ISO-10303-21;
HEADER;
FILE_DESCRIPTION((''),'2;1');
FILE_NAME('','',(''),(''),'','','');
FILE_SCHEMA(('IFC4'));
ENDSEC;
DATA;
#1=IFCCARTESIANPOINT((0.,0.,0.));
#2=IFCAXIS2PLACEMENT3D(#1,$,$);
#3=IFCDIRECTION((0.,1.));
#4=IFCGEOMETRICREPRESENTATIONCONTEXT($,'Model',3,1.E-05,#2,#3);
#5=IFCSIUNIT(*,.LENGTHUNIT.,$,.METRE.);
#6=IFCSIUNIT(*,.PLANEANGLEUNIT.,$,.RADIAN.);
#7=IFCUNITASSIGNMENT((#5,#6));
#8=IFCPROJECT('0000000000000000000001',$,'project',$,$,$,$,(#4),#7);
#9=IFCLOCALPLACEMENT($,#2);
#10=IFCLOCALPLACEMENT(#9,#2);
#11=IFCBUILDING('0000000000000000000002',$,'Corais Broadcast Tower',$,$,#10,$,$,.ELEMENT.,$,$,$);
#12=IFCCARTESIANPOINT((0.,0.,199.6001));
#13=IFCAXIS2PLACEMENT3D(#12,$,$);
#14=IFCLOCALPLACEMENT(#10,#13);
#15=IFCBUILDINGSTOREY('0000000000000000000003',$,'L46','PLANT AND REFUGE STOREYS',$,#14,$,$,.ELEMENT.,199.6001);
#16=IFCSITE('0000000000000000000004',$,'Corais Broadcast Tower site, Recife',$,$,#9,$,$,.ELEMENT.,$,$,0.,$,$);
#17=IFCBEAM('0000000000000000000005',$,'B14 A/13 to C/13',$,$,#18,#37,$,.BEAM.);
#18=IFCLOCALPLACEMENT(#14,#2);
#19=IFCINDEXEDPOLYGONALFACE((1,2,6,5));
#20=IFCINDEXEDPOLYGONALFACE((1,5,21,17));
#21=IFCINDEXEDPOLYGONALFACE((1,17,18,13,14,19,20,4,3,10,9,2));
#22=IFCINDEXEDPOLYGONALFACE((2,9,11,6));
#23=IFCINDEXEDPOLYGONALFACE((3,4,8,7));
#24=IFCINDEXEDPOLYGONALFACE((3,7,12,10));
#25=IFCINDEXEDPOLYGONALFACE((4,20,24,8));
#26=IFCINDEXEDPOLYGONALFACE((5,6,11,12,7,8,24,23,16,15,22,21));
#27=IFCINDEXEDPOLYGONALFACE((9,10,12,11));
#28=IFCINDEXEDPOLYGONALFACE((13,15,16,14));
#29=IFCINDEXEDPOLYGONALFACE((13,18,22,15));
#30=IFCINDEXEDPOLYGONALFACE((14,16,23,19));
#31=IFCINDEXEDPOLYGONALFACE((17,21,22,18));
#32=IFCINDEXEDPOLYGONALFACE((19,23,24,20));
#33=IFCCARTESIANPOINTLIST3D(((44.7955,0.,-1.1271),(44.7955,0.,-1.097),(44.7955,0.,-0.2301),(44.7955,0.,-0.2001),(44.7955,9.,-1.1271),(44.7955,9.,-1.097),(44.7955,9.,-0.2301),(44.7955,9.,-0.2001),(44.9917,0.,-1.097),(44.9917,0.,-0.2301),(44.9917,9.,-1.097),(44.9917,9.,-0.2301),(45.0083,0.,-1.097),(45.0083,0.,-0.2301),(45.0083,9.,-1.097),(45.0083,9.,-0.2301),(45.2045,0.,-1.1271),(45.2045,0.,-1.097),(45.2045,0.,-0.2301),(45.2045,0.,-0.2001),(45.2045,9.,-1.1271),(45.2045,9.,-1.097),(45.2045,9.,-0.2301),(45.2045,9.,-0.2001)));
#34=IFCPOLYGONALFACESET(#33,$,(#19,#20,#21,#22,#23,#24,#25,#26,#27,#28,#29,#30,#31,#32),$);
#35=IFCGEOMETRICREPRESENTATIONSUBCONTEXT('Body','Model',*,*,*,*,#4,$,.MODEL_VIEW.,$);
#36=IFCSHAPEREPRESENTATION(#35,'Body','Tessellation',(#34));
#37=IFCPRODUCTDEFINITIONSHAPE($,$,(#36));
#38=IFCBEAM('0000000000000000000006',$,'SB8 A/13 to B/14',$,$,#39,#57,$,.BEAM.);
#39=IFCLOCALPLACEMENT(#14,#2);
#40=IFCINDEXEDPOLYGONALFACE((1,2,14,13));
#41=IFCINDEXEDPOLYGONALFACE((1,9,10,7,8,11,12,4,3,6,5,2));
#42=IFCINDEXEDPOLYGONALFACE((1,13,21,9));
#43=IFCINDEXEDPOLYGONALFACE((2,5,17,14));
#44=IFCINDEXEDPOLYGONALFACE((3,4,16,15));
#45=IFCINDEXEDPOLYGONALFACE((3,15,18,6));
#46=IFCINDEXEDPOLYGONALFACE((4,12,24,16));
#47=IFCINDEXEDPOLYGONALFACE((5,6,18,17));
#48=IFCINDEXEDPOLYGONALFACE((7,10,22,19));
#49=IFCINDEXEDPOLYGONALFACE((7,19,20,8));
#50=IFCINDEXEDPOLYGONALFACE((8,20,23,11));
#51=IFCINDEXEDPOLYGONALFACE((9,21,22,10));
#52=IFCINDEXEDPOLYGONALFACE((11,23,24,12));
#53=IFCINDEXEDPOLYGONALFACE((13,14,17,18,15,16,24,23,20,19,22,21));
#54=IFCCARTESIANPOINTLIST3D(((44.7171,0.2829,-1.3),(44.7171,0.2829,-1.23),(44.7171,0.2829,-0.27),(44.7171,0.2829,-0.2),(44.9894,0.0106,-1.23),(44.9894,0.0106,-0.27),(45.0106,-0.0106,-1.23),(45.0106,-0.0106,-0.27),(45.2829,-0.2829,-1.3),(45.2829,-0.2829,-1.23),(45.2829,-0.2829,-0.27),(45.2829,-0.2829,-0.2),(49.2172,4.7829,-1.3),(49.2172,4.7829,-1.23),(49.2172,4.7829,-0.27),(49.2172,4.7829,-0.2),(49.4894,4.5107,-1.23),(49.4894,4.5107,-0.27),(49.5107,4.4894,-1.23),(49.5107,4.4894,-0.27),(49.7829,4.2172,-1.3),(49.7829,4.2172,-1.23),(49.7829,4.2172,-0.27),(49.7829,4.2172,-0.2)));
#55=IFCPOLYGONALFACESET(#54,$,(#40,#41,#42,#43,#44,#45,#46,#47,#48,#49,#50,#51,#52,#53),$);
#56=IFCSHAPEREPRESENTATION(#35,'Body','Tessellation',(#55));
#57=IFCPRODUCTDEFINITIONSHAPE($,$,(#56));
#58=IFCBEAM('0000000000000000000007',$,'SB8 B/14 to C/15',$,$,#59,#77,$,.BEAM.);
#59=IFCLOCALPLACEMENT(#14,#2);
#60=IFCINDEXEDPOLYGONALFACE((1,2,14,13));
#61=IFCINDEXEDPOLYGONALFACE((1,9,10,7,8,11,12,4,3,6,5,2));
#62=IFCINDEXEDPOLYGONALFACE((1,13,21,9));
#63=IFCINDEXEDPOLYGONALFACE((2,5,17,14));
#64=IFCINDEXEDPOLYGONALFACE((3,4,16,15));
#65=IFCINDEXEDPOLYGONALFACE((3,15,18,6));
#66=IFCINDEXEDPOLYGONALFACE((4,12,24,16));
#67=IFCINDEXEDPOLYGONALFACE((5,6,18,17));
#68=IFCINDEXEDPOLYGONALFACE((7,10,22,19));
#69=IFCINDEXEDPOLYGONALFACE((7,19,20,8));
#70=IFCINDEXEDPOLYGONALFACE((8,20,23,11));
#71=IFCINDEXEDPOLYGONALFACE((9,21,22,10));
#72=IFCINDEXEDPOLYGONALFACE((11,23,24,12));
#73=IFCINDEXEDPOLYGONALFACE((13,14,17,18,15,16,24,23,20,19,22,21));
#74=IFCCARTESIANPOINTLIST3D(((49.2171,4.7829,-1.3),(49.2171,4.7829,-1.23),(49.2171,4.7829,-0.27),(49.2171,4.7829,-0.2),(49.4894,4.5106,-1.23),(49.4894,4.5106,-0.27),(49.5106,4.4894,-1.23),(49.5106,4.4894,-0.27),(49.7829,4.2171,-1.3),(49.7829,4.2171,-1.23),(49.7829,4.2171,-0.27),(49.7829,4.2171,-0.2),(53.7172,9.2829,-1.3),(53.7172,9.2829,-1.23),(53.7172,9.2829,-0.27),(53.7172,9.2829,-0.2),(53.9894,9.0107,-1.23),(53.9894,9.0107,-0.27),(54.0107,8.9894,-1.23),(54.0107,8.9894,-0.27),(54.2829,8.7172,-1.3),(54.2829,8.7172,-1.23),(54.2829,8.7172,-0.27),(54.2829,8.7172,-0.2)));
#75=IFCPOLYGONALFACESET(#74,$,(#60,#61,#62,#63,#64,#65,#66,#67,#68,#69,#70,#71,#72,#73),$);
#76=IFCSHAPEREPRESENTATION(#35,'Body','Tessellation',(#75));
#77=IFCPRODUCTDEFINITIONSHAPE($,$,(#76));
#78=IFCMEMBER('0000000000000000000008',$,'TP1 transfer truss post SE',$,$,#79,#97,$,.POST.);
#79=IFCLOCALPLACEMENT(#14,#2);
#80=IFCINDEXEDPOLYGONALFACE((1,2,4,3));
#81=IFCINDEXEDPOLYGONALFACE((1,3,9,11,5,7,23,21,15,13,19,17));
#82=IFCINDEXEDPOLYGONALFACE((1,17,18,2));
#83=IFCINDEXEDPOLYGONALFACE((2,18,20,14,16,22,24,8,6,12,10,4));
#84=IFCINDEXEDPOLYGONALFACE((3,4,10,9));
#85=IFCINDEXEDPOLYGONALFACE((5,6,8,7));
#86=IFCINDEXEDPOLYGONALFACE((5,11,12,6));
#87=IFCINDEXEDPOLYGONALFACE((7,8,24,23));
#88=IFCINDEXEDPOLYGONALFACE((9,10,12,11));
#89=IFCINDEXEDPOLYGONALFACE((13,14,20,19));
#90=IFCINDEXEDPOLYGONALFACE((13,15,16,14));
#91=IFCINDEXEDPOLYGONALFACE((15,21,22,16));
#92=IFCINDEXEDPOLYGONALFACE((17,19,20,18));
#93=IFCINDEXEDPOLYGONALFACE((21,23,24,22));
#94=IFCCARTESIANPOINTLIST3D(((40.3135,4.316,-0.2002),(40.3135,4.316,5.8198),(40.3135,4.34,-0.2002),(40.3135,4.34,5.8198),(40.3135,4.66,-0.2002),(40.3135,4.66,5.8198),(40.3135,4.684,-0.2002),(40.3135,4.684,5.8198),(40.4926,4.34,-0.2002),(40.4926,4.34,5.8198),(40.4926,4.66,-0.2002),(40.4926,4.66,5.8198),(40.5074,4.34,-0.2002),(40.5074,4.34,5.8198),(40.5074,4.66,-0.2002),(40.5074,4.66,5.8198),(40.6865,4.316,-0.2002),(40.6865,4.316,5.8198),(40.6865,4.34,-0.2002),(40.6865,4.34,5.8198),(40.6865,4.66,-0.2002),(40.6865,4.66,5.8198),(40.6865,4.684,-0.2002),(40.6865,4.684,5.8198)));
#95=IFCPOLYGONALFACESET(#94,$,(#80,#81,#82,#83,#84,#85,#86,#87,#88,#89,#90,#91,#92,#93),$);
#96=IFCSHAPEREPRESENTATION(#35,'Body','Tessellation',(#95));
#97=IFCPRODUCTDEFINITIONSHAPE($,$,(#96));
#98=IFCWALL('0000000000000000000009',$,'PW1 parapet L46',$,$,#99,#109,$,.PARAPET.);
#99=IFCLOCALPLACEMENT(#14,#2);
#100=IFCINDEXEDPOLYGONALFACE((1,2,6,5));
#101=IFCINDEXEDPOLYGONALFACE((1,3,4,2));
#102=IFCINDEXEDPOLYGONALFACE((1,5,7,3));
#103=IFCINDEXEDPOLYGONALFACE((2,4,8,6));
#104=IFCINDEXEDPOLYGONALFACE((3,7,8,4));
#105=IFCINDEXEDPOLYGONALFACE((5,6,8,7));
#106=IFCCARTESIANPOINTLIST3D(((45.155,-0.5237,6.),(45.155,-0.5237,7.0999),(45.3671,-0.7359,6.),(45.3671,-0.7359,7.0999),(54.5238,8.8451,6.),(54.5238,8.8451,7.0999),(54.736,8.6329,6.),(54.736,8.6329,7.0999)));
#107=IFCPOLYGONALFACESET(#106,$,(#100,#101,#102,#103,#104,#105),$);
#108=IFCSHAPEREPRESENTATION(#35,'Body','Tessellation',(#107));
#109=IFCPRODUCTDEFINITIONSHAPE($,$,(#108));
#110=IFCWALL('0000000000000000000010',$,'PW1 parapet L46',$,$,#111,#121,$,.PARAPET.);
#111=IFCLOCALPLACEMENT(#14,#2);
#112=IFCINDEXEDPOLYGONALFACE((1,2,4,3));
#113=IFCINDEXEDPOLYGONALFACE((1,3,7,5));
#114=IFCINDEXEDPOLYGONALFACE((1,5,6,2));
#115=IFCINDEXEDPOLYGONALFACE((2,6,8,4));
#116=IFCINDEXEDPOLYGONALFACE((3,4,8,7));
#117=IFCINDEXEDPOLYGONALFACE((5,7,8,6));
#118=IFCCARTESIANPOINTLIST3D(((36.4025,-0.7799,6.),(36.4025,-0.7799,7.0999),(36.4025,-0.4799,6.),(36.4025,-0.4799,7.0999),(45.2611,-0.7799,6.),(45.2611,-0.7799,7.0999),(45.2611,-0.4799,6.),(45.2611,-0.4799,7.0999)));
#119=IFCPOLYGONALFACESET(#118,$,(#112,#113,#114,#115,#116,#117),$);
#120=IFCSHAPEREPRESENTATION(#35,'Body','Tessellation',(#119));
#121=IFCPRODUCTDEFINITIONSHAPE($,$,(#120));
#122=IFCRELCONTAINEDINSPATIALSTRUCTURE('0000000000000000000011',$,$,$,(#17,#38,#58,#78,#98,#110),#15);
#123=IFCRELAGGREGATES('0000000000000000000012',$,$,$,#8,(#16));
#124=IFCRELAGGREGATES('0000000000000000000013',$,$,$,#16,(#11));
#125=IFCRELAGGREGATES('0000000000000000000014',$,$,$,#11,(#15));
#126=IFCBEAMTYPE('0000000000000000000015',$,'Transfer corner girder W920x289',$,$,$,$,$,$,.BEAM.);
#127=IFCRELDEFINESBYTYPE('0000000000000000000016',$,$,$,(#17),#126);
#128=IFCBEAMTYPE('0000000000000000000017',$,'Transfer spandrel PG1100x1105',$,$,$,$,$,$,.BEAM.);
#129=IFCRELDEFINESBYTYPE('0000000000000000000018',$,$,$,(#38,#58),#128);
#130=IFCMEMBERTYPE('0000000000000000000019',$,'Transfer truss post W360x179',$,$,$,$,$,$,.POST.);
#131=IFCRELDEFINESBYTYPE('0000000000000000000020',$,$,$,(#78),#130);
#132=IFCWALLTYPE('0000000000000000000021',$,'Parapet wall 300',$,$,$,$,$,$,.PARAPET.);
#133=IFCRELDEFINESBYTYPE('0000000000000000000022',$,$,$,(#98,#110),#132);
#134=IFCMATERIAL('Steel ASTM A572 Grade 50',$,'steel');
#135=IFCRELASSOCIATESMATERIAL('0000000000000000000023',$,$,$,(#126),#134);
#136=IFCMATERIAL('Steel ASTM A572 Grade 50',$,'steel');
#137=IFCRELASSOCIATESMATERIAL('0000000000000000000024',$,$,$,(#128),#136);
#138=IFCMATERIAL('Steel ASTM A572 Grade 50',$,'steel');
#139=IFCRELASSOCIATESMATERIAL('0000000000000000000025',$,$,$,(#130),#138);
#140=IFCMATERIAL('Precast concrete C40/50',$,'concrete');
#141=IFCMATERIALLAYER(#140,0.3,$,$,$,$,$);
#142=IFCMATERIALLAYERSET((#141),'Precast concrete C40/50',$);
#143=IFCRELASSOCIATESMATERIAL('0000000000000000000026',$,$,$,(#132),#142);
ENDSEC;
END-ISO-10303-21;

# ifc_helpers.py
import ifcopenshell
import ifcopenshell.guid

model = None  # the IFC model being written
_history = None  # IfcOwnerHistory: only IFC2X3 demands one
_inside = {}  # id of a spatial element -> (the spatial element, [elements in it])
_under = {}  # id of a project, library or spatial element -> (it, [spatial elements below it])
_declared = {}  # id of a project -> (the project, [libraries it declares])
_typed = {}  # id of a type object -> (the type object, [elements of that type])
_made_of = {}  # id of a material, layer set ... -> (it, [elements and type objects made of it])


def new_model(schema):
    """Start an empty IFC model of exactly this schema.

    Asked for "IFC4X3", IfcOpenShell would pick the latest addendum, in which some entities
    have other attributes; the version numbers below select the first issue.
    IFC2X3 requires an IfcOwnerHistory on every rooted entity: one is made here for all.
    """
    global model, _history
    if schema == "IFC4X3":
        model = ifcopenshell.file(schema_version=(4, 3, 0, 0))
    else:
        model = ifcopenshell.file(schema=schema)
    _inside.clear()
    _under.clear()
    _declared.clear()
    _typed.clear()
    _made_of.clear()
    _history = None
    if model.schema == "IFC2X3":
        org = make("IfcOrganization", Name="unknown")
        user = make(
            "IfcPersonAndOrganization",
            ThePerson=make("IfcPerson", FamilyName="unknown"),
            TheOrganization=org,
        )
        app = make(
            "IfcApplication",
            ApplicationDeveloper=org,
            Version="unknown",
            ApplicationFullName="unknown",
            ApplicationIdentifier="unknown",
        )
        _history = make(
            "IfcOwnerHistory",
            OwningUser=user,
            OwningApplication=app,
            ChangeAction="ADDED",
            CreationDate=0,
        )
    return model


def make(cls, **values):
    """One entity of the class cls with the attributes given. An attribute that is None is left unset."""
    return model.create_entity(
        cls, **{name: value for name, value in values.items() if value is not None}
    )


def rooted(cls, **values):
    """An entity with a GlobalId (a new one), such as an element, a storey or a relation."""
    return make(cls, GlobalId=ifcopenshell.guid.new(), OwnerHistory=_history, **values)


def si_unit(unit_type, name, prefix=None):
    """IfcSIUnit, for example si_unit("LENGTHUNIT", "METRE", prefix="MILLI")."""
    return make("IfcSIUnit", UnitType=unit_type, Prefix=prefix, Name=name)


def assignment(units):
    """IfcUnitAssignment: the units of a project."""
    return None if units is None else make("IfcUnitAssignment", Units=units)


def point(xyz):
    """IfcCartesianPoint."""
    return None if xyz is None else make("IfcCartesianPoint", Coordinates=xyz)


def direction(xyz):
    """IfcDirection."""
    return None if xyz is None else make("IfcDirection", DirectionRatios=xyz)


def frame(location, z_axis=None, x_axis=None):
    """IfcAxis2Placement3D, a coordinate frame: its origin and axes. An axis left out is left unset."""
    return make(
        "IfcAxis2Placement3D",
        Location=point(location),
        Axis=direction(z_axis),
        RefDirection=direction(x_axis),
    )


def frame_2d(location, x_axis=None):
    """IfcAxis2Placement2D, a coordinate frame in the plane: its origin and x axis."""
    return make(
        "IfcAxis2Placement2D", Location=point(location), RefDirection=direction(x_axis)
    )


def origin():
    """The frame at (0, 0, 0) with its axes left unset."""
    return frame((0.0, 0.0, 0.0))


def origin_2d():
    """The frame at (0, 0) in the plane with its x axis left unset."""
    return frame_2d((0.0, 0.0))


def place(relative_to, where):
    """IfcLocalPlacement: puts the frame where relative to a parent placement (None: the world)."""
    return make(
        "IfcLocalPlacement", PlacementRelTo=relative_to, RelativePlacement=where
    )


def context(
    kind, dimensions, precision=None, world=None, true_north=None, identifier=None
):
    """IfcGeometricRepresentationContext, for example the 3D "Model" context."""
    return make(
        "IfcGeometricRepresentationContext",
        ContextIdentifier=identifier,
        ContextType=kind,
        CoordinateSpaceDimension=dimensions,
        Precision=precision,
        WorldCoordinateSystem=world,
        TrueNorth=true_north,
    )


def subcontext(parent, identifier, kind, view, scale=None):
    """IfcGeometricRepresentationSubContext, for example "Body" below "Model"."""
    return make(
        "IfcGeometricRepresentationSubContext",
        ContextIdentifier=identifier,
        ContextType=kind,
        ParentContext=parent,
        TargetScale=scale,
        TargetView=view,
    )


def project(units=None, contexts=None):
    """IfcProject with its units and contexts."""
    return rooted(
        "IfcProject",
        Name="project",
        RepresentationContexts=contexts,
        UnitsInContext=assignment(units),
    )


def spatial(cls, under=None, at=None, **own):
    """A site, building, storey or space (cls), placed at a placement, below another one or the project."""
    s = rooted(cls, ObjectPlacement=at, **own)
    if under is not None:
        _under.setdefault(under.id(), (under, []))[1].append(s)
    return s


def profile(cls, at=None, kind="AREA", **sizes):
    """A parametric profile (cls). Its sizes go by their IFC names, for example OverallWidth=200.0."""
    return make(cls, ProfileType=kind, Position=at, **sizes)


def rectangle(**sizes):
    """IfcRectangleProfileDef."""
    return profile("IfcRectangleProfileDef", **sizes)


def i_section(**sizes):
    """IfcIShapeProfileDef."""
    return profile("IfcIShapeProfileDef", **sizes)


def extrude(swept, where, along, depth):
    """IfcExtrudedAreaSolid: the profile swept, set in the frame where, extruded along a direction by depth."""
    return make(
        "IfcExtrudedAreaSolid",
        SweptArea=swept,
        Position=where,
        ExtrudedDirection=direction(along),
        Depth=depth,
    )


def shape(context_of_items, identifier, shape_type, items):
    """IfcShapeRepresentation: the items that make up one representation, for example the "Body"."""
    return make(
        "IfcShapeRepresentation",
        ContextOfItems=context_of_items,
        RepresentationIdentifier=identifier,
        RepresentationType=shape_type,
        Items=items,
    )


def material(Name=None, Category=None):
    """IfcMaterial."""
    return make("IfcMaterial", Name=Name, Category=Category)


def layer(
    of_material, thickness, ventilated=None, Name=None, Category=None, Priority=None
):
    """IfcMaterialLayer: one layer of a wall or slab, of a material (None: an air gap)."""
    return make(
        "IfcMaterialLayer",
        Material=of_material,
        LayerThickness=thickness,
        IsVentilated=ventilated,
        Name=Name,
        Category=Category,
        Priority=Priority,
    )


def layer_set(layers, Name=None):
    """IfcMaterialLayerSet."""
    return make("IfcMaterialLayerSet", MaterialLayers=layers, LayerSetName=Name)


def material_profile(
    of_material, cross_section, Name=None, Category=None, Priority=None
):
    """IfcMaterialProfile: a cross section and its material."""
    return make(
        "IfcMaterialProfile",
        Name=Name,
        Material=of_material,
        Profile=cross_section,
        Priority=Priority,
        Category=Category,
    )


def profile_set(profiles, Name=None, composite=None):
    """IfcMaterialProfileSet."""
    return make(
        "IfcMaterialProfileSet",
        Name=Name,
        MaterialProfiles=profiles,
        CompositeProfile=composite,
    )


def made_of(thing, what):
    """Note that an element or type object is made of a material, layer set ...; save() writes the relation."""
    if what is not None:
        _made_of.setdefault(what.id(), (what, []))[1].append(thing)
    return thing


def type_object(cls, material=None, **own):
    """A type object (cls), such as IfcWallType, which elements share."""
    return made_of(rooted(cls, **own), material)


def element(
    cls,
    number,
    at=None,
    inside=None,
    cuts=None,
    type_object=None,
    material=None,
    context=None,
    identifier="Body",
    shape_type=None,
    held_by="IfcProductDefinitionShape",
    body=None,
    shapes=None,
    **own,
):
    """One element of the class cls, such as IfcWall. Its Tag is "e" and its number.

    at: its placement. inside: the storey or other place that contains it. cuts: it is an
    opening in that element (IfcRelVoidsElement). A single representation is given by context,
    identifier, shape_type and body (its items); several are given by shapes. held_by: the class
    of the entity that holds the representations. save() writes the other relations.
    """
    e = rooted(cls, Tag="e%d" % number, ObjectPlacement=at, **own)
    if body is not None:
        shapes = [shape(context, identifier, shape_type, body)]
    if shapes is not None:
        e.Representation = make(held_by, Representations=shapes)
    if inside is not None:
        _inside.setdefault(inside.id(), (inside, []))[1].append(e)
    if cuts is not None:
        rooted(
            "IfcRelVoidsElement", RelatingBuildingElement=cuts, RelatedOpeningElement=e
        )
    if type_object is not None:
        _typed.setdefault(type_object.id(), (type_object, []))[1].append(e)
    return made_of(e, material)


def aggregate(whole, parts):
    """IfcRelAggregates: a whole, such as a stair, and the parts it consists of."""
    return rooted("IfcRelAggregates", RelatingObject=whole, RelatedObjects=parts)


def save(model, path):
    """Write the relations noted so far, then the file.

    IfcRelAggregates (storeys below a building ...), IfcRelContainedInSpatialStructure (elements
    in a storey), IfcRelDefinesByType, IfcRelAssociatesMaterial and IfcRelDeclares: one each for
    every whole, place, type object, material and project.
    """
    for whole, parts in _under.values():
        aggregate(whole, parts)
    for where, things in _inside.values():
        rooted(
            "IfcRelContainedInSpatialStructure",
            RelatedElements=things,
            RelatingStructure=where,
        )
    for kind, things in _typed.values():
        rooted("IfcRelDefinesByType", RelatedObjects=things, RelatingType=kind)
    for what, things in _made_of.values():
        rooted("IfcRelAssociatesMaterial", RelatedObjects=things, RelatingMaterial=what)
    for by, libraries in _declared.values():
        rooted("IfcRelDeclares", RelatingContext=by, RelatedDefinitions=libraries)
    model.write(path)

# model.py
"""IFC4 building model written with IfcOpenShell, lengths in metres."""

from ifc_helpers import new_model, si_unit, direction, frame, frame_2d, origin, origin_2d, place, context, subcontext, project, spatial, rectangle, i_section, extrude, material, layer, layer_set, material_profile, profile_set, type_object, element, save


model = new_model("IFC4")

# Units and contexts
model_context = context("Model", 3, precision=1e-05, world=origin(), true_north=direction((0.0, 1.0)))
body_context = subcontext(model_context, "Body", "Model", "MODEL_VIEW")
ifc_project = project(units=[si_unit("LENGTHUNIT", "METRE"), si_unit("PLANEANGLEUNIT", "RADIAN")], contexts=[model_context])

# Site, building, storey
site_placement = place(None, origin())
site = spatial("IfcSite", under=ifc_project, at=site_placement, Name="Corais Broadcast Tower site, Recife", CompositionType="ELEMENT", RefElevation=0.0)
building_placement = place(site_placement, origin())
building = spatial("IfcBuilding", under=site, at=building_placement, Name="Corais Broadcast Tower", CompositionType="ELEMENT")
storey_placement = place(building_placement, frame((0.0, 0.0, 199.6001)))
storey = spatial("IfcBuildingStorey", under=building, at=storey_placement, Name="L46", Description="PLANT AND REFUGE STOREYS", CompositionType="ELEMENT", Elevation=199.6001)

# Beams
ifc_material_1 = material(Name="Steel ASTM A572 Grade 50", Category="steel")
ifc_material_profile_1 = material_profile(ifc_material_1, i_section(OverallWidth=0.4089, OverallDepth=0.927, WebThickness=0.0166, FlangeThickness=0.03, at=origin_2d()), Name="W920x289")
ifc_profile_set_1 = profile_set([ifc_material_profile_1], Name="Steel ASTM A572 Grade 50")
beam_type_1 = type_object("IfcBeamType", Name="Transfer corner girder W920x289", PredefinedType="BEAM", material=ifc_profile_set_1)
beam_1_placement = place(storey_placement, frame((45.0, 0.0, -0.6636), z_axis=(0.0, 1.0, 0.0), x_axis=(-1.0, 0.0, 0.0)))
element("IfcBeam", 1, at=beam_1_placement, inside=storey, type_object=beam_type_1, Name="B14 A/13 to C/13", PredefinedType="BEAM", context=body_context, shape_type="SweptSolid", body=[
    extrude(i_section(OverallWidth=0.4089, OverallDepth=0.927, WebThickness=0.0166, FlangeThickness=0.03, at=origin_2d()), origin(), (0.0, 0.0, 1.0), 9.0),
])
ifc_material_2 = material(Name="Steel ASTM A572 Grade 50", Category="steel")
ifc_material_profile_2 = material_profile(ifc_material_2, i_section(OverallWidth=0.8, OverallDepth=1.1001, WebThickness=0.03, FlangeThickness=0.0701, at=origin_2d()), Name="PG1100x1105")
ifc_profile_set_2 = profile_set([ifc_material_profile_2], Name="Steel ASTM A572 Grade 50")
beam_type_2 = type_object("IfcBeamType", Name="Transfer spandrel PG1100x1105", PredefinedType="BEAM", material=ifc_profile_set_2)
for number, where, z_axis, x_axis, name in (
    (2, (45.0, 0.0, -0.75), (0.707107, 0.707107, 0.0), (-0.707107, 0.707107, 0.0), "SB8 A/13 to B/14"),
    (3, (49.5, 4.5, -0.75), (0.707107, 0.707107, 0.0), (-0.707107, 0.707107, 0.0), "SB8 B/14 to C/15"),
):
    element("IfcBeam", number, at=place(storey_placement, frame(where, z_axis=z_axis, x_axis=x_axis)), inside=storey, type_object=beam_type_2, Name=name, PredefinedType="BEAM", context=body_context, shape_type="SweptSolid", body=[
        extrude(i_section(OverallWidth=0.8, OverallDepth=1.1001, WebThickness=0.03, FlangeThickness=0.0701, at=origin_2d()), origin(), (0.0, 0.0, 1.0), 6.364),
    ])

# Member
ifc_material_3 = material(Name="Steel ASTM A572 Grade 50", Category="steel")
ifc_material_profile_3 = material_profile(ifc_material_3, i_section(OverallWidth=0.373, OverallDepth=0.3679, WebThickness=0.0149, FlangeThickness=0.0239, at=origin_2d()), Name="W360x179")
ifc_profile_set_3 = profile_set([ifc_material_profile_3], Name="Steel ASTM A572 Grade 50")
member_type = type_object("IfcMemberType", Name="Transfer truss post W360x179", PredefinedType="POST", material=ifc_profile_set_3)
member_placement = place(storey_placement, frame((40.5, 4.5, -0.2002), z_axis=(0.0, 0.0, 1.0), x_axis=(1.0, 0.0, 0.0)))
element("IfcMember", 4, at=member_placement, inside=storey, type_object=member_type, Name="TP1 transfer truss post SE", PredefinedType="POST", context=body_context, shape_type="SweptSolid", body=[
    extrude(i_section(OverallWidth=0.373, OverallDepth=0.3679, WebThickness=0.0149, FlangeThickness=0.0239, at=origin_2d()), origin(), (0.0, 0.0, 1.0), 6.02),
])

# Walls
ifc_material_4 = material(Name="Precast concrete C40/50", Category="concrete")
ifc_layer_1 = layer(ifc_material_4, 0.3)
ifc_layer_set_1 = layer_set([ifc_layer_1], Name="Precast concrete C40/50")
wall_type_1 = type_object("IfcWallType", Name="Parapet wall 300", PredefinedType="PARAPET", material=ifc_layer_set_1)
wall_1_placement = place(storey_placement, frame((54.6299, 8.739, 6.0), z_axis=(0.0, 0.0, 1.0), x_axis=(-0.707107, -0.707107, 0.0)))
element("IfcWall", 5, at=wall_1_placement, inside=storey, type_object=wall_type_1, Name="PW1 parapet L46", PredefinedType="PARAPET", context=body_context, shape_type="SweptSolid", body=[
    extrude(rectangle(XDim=13.2495, YDim=0.3, at=frame_2d((6.6248, 0.0))), origin(), (0.0, 0.0, 1.0), 1.0999),
])
wall_2_placement = place(storey_placement, frame((45.261, -0.6299, 6.0), z_axis=(0.0, 0.0, 1.0), x_axis=(-1.0, 0.0, 0.0)))
element("IfcWall", 6, at=wall_2_placement, inside=storey, type_object=wall_type_1, Name="PW1 parapet L46", PredefinedType="PARAPET", context=body_context, shape_type="SweptSolid", body=[
    extrude(rectangle(XDim=8.8586, YDim=0.3, at=frame_2d((4.4292, 0.0))), origin(), (0.0, 0.0, 1.0), 1.0999),
])

save(model, "model.ifc")
